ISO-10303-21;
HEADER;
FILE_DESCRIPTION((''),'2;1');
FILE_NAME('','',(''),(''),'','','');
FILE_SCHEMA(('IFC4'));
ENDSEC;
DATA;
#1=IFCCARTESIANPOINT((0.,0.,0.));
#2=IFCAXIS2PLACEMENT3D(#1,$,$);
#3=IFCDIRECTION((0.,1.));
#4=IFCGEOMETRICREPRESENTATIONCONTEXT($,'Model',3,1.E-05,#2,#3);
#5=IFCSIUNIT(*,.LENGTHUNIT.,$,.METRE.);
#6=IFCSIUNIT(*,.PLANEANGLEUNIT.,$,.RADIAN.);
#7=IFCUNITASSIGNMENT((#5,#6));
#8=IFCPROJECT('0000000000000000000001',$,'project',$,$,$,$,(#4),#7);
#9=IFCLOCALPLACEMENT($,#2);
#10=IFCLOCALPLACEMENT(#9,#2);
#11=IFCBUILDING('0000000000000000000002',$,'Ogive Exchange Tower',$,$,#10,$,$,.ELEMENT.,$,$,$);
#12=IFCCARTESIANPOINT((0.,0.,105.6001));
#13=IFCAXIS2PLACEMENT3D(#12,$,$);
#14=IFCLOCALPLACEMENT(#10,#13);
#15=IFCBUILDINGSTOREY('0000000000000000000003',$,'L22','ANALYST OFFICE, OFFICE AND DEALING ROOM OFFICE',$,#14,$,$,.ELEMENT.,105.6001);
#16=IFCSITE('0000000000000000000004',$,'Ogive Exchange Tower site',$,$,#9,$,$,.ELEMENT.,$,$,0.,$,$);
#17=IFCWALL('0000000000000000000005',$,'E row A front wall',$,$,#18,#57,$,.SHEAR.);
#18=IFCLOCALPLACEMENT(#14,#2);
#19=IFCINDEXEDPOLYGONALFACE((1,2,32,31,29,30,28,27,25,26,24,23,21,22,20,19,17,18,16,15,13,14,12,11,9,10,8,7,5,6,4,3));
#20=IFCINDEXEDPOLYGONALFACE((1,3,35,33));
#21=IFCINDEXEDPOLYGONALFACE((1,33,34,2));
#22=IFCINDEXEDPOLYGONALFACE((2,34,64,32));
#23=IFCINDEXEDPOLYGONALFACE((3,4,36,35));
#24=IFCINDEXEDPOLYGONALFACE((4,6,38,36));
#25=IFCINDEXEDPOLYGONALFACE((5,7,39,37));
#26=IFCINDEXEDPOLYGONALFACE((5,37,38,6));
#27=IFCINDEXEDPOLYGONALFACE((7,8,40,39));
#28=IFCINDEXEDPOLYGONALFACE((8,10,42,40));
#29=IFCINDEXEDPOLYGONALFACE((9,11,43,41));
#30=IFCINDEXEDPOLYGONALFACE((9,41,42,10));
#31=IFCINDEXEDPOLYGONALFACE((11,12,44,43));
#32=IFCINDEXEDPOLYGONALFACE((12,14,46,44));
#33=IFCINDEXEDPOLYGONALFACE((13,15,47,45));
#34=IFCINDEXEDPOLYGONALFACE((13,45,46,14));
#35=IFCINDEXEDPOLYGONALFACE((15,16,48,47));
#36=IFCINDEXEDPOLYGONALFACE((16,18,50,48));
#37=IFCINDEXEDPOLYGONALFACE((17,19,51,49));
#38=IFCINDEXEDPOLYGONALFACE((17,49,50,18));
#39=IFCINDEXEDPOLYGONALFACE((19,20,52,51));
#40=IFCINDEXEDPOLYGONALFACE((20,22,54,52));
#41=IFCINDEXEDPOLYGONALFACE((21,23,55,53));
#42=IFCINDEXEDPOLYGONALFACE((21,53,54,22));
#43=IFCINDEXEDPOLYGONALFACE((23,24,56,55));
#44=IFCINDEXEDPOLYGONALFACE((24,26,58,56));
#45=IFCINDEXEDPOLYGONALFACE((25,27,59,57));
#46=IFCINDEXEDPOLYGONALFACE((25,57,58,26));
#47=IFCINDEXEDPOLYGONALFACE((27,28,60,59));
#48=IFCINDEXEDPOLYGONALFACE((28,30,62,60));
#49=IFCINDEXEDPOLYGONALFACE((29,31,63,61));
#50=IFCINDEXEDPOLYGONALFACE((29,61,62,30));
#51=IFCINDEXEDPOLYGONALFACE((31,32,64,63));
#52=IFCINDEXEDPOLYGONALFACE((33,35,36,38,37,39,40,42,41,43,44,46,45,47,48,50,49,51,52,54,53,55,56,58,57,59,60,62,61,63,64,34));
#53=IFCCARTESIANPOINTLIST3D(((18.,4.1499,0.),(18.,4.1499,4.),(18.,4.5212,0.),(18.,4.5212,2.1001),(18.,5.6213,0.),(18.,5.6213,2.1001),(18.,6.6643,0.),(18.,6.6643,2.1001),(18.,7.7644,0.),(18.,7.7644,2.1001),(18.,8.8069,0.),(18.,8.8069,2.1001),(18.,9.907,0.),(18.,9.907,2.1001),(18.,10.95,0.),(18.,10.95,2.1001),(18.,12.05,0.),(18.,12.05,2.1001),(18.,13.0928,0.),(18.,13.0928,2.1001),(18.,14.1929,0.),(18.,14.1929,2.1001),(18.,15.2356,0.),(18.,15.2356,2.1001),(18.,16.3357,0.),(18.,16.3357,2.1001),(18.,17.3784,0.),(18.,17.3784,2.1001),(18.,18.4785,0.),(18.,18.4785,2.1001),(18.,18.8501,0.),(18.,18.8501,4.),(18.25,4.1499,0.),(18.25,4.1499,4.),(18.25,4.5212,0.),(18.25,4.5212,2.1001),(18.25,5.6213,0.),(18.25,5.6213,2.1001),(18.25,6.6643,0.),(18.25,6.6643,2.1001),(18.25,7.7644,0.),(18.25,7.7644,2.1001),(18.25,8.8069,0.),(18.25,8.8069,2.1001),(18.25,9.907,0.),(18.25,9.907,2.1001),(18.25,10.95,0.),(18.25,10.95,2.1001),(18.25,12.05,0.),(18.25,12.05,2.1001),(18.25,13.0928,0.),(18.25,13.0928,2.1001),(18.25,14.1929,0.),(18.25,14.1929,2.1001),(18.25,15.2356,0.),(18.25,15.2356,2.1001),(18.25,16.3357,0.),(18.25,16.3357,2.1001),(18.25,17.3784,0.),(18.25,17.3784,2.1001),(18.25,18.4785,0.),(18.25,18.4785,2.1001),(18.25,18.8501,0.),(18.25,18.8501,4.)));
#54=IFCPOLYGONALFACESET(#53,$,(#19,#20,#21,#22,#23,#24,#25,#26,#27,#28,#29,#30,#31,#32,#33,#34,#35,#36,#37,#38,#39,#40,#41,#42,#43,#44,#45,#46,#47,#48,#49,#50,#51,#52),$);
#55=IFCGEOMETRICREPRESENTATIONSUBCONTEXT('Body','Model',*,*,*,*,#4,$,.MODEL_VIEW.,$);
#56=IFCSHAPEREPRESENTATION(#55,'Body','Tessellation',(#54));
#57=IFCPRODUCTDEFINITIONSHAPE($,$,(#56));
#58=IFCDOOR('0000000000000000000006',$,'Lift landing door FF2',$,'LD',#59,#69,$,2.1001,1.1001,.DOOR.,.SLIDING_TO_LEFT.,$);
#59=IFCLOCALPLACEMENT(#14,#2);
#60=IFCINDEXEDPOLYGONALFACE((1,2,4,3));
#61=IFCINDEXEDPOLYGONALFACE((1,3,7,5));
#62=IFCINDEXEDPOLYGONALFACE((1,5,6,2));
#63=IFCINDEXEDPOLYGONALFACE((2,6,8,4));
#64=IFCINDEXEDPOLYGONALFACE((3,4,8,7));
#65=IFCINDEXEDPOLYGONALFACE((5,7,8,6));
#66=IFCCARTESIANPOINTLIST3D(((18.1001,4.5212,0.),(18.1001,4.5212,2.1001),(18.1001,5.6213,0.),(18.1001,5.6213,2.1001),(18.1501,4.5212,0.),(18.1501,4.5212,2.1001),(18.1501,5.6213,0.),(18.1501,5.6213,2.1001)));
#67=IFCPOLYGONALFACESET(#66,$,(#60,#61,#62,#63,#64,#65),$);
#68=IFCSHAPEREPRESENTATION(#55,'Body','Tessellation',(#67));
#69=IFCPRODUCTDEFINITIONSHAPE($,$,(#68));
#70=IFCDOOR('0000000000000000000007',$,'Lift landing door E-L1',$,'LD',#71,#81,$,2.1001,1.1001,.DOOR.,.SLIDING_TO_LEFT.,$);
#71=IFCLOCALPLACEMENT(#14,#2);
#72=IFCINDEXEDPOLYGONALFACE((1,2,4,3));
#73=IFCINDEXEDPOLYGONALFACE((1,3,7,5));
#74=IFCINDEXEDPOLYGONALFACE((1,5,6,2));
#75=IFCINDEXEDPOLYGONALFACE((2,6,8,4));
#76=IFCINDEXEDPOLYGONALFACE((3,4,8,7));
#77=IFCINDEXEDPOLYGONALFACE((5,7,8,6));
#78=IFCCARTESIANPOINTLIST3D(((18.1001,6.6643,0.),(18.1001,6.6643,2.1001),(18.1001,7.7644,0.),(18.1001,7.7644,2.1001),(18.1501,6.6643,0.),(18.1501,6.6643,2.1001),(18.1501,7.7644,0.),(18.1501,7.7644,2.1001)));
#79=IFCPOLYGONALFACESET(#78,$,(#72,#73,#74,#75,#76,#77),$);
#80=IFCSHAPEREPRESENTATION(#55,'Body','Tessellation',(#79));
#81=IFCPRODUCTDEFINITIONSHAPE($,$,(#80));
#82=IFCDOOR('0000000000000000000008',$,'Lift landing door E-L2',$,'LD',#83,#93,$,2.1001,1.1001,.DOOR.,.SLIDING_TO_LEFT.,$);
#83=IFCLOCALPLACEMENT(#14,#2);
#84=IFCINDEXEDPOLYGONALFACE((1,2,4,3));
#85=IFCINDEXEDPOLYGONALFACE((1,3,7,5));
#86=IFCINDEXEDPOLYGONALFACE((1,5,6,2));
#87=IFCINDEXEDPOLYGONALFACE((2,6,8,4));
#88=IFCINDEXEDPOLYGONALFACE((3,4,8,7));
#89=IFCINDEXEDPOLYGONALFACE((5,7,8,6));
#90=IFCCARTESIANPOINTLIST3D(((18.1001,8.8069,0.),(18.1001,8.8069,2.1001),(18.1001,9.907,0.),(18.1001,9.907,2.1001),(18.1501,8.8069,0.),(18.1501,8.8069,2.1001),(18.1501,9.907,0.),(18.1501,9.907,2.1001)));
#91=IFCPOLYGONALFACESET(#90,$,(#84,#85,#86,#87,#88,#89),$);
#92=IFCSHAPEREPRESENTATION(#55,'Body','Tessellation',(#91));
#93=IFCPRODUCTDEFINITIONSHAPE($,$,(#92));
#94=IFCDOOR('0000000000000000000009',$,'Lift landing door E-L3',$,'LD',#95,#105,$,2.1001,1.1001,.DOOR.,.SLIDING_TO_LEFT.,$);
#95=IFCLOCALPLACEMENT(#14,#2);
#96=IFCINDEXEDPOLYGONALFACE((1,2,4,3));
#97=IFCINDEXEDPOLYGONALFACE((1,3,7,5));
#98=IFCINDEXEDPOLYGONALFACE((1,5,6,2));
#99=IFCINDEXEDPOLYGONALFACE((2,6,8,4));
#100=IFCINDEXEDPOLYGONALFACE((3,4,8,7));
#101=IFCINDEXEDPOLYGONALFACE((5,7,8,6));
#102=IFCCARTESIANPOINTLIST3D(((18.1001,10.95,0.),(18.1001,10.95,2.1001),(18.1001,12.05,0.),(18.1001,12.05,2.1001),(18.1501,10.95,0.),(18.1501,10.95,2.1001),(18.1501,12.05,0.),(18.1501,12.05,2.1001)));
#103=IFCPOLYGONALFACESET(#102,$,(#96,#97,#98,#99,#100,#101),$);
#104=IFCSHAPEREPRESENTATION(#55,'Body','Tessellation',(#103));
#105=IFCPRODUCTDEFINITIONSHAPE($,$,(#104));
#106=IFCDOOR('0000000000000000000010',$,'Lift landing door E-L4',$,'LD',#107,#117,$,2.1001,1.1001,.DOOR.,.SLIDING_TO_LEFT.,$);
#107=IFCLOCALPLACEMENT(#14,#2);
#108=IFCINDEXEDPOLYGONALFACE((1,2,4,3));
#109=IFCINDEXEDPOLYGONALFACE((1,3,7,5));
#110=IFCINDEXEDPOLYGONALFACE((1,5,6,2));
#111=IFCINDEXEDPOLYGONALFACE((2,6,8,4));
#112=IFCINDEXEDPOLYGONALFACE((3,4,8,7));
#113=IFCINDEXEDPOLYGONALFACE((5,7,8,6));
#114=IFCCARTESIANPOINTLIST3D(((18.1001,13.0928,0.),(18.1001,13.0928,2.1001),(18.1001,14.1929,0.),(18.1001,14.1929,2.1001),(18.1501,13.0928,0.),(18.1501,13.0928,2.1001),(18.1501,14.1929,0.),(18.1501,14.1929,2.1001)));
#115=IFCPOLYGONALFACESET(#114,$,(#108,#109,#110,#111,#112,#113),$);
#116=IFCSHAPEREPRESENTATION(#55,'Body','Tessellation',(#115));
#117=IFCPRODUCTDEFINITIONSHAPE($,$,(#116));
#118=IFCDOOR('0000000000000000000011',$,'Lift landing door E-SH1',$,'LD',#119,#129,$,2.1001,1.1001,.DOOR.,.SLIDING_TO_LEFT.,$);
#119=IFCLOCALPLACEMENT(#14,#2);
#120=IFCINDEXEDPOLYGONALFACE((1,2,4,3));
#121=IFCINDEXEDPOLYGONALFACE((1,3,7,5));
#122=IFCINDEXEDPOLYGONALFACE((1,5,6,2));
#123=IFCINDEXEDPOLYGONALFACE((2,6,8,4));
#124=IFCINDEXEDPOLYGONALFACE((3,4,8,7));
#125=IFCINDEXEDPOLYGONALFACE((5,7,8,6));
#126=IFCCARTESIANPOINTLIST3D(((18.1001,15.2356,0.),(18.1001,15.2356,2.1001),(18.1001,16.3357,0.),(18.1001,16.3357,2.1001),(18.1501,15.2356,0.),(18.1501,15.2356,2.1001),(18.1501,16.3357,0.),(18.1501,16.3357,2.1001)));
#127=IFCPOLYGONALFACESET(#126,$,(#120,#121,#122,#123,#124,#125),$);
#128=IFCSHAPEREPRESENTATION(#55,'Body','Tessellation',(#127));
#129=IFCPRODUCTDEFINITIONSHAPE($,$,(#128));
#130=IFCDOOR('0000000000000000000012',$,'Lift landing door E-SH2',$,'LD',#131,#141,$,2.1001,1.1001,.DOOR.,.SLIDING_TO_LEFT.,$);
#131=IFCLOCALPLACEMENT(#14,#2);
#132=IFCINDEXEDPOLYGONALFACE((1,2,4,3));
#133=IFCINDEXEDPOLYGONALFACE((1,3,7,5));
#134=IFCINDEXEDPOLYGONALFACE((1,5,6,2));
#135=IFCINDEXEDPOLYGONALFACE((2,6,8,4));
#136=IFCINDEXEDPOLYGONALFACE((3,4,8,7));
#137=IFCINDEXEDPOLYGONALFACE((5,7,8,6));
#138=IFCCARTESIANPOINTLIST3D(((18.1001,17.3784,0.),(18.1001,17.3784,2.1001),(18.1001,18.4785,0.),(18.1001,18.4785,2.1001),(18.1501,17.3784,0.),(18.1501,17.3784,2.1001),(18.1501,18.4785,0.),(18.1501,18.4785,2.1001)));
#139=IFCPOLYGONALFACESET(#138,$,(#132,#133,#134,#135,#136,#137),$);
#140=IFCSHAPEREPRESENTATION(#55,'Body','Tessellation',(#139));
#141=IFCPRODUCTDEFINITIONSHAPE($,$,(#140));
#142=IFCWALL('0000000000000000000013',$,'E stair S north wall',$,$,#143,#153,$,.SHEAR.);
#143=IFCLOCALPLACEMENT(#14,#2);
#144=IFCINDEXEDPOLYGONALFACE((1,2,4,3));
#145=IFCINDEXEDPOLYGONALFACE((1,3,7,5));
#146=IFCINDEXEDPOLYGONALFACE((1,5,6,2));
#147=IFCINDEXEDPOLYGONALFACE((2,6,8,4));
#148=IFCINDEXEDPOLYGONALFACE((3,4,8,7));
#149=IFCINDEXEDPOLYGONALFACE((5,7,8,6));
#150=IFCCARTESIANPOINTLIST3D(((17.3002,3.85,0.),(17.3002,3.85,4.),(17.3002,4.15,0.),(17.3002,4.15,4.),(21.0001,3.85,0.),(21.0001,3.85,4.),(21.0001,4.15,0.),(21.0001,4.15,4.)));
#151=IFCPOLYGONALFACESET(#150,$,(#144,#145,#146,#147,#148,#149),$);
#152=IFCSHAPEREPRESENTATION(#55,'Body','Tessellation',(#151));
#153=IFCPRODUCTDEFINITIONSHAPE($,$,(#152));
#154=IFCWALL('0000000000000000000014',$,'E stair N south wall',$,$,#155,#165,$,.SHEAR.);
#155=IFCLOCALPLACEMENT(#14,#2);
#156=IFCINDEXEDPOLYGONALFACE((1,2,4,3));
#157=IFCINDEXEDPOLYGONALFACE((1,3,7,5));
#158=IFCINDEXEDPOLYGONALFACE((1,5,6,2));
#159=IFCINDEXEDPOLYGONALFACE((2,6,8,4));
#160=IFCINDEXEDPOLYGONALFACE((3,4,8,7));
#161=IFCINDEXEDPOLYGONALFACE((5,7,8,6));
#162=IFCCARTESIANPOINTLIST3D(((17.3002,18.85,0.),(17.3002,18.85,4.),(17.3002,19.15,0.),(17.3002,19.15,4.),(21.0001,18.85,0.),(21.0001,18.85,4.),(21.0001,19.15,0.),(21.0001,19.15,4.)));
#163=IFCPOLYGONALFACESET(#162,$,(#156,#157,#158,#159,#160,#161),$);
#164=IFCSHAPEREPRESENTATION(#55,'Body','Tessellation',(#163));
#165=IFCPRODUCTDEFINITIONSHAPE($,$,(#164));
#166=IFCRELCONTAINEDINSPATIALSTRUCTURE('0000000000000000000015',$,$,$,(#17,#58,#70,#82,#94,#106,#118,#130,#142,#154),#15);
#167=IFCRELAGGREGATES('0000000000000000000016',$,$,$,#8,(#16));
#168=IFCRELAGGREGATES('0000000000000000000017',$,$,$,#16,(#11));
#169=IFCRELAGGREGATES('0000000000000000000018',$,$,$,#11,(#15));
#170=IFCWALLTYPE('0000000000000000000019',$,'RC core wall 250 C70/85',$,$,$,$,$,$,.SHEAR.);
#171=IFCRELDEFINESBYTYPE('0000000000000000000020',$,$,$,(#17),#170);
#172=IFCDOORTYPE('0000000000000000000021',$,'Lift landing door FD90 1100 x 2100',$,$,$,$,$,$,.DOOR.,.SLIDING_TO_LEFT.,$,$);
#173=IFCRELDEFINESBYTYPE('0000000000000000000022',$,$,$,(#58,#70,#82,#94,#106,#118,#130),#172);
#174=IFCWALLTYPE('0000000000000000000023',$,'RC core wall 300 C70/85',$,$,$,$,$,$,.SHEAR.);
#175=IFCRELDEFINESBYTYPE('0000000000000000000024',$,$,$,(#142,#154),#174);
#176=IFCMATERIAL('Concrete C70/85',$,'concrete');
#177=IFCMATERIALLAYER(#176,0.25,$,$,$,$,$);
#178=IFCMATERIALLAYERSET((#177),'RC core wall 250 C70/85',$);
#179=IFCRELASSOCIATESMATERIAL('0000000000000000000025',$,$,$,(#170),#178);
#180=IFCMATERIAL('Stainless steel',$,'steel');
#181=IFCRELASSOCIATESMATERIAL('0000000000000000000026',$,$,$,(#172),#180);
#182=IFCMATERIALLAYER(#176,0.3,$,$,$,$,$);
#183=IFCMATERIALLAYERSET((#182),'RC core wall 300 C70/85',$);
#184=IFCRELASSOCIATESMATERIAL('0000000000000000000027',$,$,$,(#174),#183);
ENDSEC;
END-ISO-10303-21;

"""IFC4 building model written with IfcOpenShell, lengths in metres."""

from ifc_helpers import new_model, si_unit, direction, frame, frame_2d, origin, place, context, subcontext, project, spatial, rectangle, extrude, material, layer, layer_set, type_object, element, fill, save


model = new_model("IFC4")

# Units and contexts
model_context = context("Model", 3, precision=1e-05, world=origin(), true_north=direction((0.0, 1.0)))
body_context = subcontext(model_context, "Body", "Model", "MODEL_VIEW")
ifc_project = project(units=[si_unit("LENGTHUNIT", "METRE"), si_unit("PLANEANGLEUNIT", "RADIAN")], contexts=[model_context])

# Site, building, storey
site_placement = place(None, origin())
site = spatial("IfcSite", under=ifc_project, at=site_placement, Name="Ogive Exchange Tower site", CompositionType="ELEMENT", RefElevation=0.0)
building_placement = place(site_placement, origin())
building = spatial("IfcBuilding", under=site, at=building_placement, Name="Ogive Exchange Tower", CompositionType="ELEMENT")
storey_placement = place(building_placement, frame((0.0, 0.0, 105.6001)))
storey = spatial("IfcBuildingStorey", under=building, at=storey_placement, Name="L22", Description="ANALYST OFFICE, OFFICE AND DEALING ROOM OFFICE", CompositionType="ELEMENT", Elevation=105.6001)

# Shared definitions
ifc_material_1 = material(Name="Concrete C70/85", Category="concrete")
ifc_layer_1 = layer(ifc_material_1, 0.25)
ifc_layer_set_1 = layer_set([ifc_layer_1], Name="RC core wall 250 C70/85")
wall_type_1 = type_object("IfcWallType", Name="RC core wall 250 C70/85", PredefinedType="SHEAR", material=ifc_layer_set_1)

# Wall, openings, doors
wall_1_placement = place(storey_placement, frame((18.125, 4.1499, 0.0), z_axis=(0.0, 0.0, 1.0), x_axis=(0.0, 1.0, 0.0)))
wall_1 = element("IfcWall", 1, at=wall_1_placement, inside=storey, type_object=wall_type_1, Name="E row A front wall", PredefinedType="SHEAR", context=body_context, shape_type="SweptSolid", body=[
    extrude(rectangle(XDim=14.7002, YDim=0.25, at=frame_2d((7.3501, 0.0))), origin(), (0.0, 0.0, 1.0), 4.0),
])
opening_1_placement = place(wall_1_placement, frame((0.3713, 0.0, 0.0)))
opening_1 = element("IfcOpeningElement", 2, at=opening_1_placement, cuts=wall_1, PredefinedType="OPENING", context=body_context, shape_type="SweptSolid", body=[
    extrude(rectangle(XDim=1.1001, YDim=2.1001, at=frame_2d((0.55, 1.05))), frame((0.0, 0.135, 0.0), z_axis=(0.0, -1.0, 0.0), x_axis=(1.0, 0.0, 0.0)), (0.0, 0.0, 1.0), 0.27),
])
opening_2_placement = place(wall_1_placement, frame((2.5144, 0.0, 0.0)))
opening_2 = element("IfcOpeningElement", 3, at=opening_2_placement, cuts=wall_1, PredefinedType="OPENING", context=body_context, shape_type="SweptSolid", body=[
    extrude(rectangle(XDim=1.1001, YDim=2.1001, at=frame_2d((0.55, 1.05))), frame((0.0, 0.135, 0.0), z_axis=(0.0, -1.0, 0.0), x_axis=(1.0, 0.0, 0.0)), (0.0, 0.0, 1.0), 0.27),
])
opening_3_placement = place(wall_1_placement, frame((4.657, 0.0, 0.0)))
opening_3 = element("IfcOpeningElement", 4, at=opening_3_placement, cuts=wall_1, PredefinedType="OPENING", context=body_context, shape_type="SweptSolid", body=[
    extrude(rectangle(XDim=1.1001, YDim=2.1001, at=frame_2d((0.55, 1.05))), frame((0.0, 0.135, 0.0), z_axis=(0.0, -1.0, 0.0), x_axis=(1.0, 0.0, 0.0)), (0.0, 0.0, 1.0), 0.27),
])
opening_4_placement = place(wall_1_placement, frame((6.8, 0.0, 0.0)))
opening_4 = element("IfcOpeningElement", 5, at=opening_4_placement, cuts=wall_1, PredefinedType="OPENING", context=body_context, shape_type="SweptSolid", body=[
    extrude(rectangle(XDim=1.1001, YDim=2.1001, at=frame_2d((0.55, 1.05))), frame((0.0, 0.135, 0.0), z_axis=(0.0, -1.0, 0.0), x_axis=(1.0, 0.0, 0.0)), (0.0, 0.0, 1.0), 0.27),
])
opening_5_placement = place(wall_1_placement, frame((8.9429, 0.0, 0.0)))
opening_5 = element("IfcOpeningElement", 6, at=opening_5_placement, cuts=wall_1, PredefinedType="OPENING", context=body_context, shape_type="SweptSolid", body=[
    extrude(rectangle(XDim=1.1001, YDim=2.1001, at=frame_2d((0.55, 1.05))), frame((0.0, 0.135, 0.0), z_axis=(0.0, -1.0, 0.0), x_axis=(1.0, 0.0, 0.0)), (0.0, 0.0, 1.0), 0.27),
])
opening_6_placement = place(wall_1_placement, frame((11.0857, 0.0, 0.0)))
opening_6 = element("IfcOpeningElement", 7, at=opening_6_placement, cuts=wall_1, PredefinedType="OPENING", context=body_context, shape_type="SweptSolid", body=[
    extrude(rectangle(XDim=1.1001, YDim=2.1001, at=frame_2d((0.55, 1.05))), frame((0.0, 0.135, 0.0), z_axis=(0.0, -1.0, 0.0), x_axis=(1.0, 0.0, 0.0)), (0.0, 0.0, 1.0), 0.27),
])
opening_7_placement = place(wall_1_placement, frame((13.2285, 0.0, 0.0)))
opening_7 = element("IfcOpeningElement", 8, at=opening_7_placement, cuts=wall_1, PredefinedType="OPENING", context=body_context, shape_type="SweptSolid", body=[
    extrude(rectangle(XDim=1.1001, YDim=2.1001, at=frame_2d((0.55, 1.05))), frame((0.0, 0.135, 0.0), z_axis=(0.0, -1.0, 0.0), x_axis=(1.0, 0.0, 0.0)), (0.0, 0.0, 1.0), 0.27),
])
ifc_material_2 = material(Name="Stainless steel", Category="steel")
door_type_1 = type_object("IfcDoorType", Name="Lift landing door FD90 1100 x 2100", OperationType="SLIDING_TO_LEFT", PredefinedType="DOOR", material=ifc_material_2)
door_1_placement = place(opening_1_placement, origin())
door_1 = element("IfcDoor", 9, at=door_1_placement, inside=storey, type_object=door_type_1, Name="Lift landing door FF2", ObjectType="LD", OperationType="SLIDING_TO_LEFT", OverallHeight=2.1001, OverallWidth=1.1001, PredefinedType="DOOR", context=body_context, shape_type="SweptSolid", body=[
    extrude(rectangle(XDim=1.1001, YDim=2.1001, at=frame_2d((0.55, 1.05))), frame((0.0, 0.0249, 0.0), z_axis=(0.0, -1.0, 0.0), x_axis=(1.0, 0.0, 0.0)), (0.0, 0.0, 1.0), 0.05),
])
fill(opening_1, door_1)
door_2_placement = place(opening_2_placement, origin())
door_2 = element("IfcDoor", 10, at=door_2_placement, inside=storey, type_object=door_type_1, Name="Lift landing door E-L1", ObjectType="LD", OperationType="SLIDING_TO_LEFT", OverallHeight=2.1001, OverallWidth=1.1001, PredefinedType="DOOR", context=body_context, shape_type="SweptSolid", body=[
    extrude(rectangle(XDim=1.1001, YDim=2.1001, at=frame_2d((0.55, 1.05))), frame((0.0, 0.0249, 0.0), z_axis=(0.0, -1.0, 0.0), x_axis=(1.0, 0.0, 0.0)), (0.0, 0.0, 1.0), 0.05),
])
fill(opening_2, door_2)
door_3_placement = place(opening_3_placement, origin())
door_3 = element("IfcDoor", 11, at=door_3_placement, inside=storey, type_object=door_type_1, Name="Lift landing door E-L2", ObjectType="LD", OperationType="SLIDING_TO_LEFT", OverallHeight=2.1001, OverallWidth=1.1001, PredefinedType="DOOR", context=body_context, shape_type="SweptSolid", body=[
    extrude(rectangle(XDim=1.1001, YDim=2.1001, at=frame_2d((0.55, 1.05))), frame((0.0, 0.0249, 0.0), z_axis=(0.0, -1.0, 0.0), x_axis=(1.0, 0.0, 0.0)), (0.0, 0.0, 1.0), 0.05),
])
fill(opening_3, door_3)
door_4_placement = place(opening_4_placement, origin())
door_4 = element("IfcDoor", 12, at=door_4_placement, inside=storey, type_object=door_type_1, Name="Lift landing door E-L3", ObjectType="LD", OperationType="SLIDING_TO_LEFT", OverallHeight=2.1001, OverallWidth=1.1001, PredefinedType="DOOR", context=body_context, shape_type="SweptSolid", body=[
    extrude(rectangle(XDim=1.1001, YDim=2.1001, at=frame_2d((0.55, 1.05))), frame((0.0, 0.0249, 0.0), z_axis=(0.0, -1.0, 0.0), x_axis=(1.0, 0.0, 0.0)), (0.0, 0.0, 1.0), 0.05),
])
fill(opening_4, door_4)
door_5_placement = place(opening_5_placement, origin())
door_5 = element("IfcDoor", 13, at=door_5_placement, inside=storey, type_object=door_type_1, Name="Lift landing door E-L4", ObjectType="LD", OperationType="SLIDING_TO_LEFT", OverallHeight=2.1001, OverallWidth=1.1001, PredefinedType="DOOR", context=body_context, shape_type="SweptSolid", body=[
    extrude(rectangle(XDim=1.1001, YDim=2.1001, at=frame_2d((0.55, 1.05))), frame((0.0, 0.0249, 0.0), z_axis=(0.0, -1.0, 0.0), x_axis=(1.0, 0.0, 0.0)), (0.0, 0.0, 1.0), 0.05),
])
fill(opening_5, door_5)
door_6_placement = place(opening_6_placement, origin())
door_6 = element("IfcDoor", 14, at=door_6_placement, inside=storey, type_object=door_type_1, Name="Lift landing door E-SH1", ObjectType="LD", OperationType="SLIDING_TO_LEFT", OverallHeight=2.1001, OverallWidth=1.1001, PredefinedType="DOOR", context=body_context, shape_type="SweptSolid", body=[
    extrude(rectangle(XDim=1.1001, YDim=2.1001, at=frame_2d((0.55, 1.05))), frame((0.0, 0.0249, 0.0), z_axis=(0.0, -1.0, 0.0), x_axis=(1.0, 0.0, 0.0)), (0.0, 0.0, 1.0), 0.05),
])
fill(opening_6, door_6)
door_7_placement = place(opening_7_placement, origin())
door_7 = element("IfcDoor", 15, at=door_7_placement, inside=storey, type_object=door_type_1, Name="Lift landing door E-SH2", ObjectType="LD", OperationType="SLIDING_TO_LEFT", OverallHeight=2.1001, OverallWidth=1.1001, PredefinedType="DOOR", context=body_context, shape_type="SweptSolid", body=[
    extrude(rectangle(XDim=1.1001, YDim=2.1001, at=frame_2d((0.55, 1.05))), frame((0.0, 0.0249, 0.0), z_axis=(0.0, -1.0, 0.0), x_axis=(1.0, 0.0, 0.0)), (0.0, 0.0, 1.0), 0.05),
])
fill(opening_7, door_7)

# Walls
ifc_layer_2 = layer(ifc_material_1, 0.3)
ifc_layer_set_2 = layer_set([ifc_layer_2], Name="RC core wall 300 C70/85")
wall_type_2 = type_object("IfcWallType", Name="RC core wall 300 C70/85", PredefinedType="SHEAR", material=ifc_layer_set_2)
for number, where, z_axis, x_axis, name in (
    (16, (17.3, 4.0, 0.0), (0.0, 0.0, 1.0), (1.0, 0.0, 0.0), "E stair S north wall"),
    (17, (17.3, 19.0, 0.0), (0.0, 0.0, 1.0), (1.0, 0.0, 0.0), "E stair N south wall"),
):
    element("IfcWall", number, at=place(storey_placement, frame(where, z_axis=z_axis, x_axis=x_axis)), inside=storey, type_object=wall_type_2, Name=name, PredefinedType="SHEAR", context=body_context, shape_type="SweptSolid", body=[
        extrude(rectangle(XDim=3.7, YDim=0.3, at=frame_2d((1.8501, 0.0))), origin(), (0.0, 0.0, 1.0), 4.0),
    ])

save(model, "model.ifc")
